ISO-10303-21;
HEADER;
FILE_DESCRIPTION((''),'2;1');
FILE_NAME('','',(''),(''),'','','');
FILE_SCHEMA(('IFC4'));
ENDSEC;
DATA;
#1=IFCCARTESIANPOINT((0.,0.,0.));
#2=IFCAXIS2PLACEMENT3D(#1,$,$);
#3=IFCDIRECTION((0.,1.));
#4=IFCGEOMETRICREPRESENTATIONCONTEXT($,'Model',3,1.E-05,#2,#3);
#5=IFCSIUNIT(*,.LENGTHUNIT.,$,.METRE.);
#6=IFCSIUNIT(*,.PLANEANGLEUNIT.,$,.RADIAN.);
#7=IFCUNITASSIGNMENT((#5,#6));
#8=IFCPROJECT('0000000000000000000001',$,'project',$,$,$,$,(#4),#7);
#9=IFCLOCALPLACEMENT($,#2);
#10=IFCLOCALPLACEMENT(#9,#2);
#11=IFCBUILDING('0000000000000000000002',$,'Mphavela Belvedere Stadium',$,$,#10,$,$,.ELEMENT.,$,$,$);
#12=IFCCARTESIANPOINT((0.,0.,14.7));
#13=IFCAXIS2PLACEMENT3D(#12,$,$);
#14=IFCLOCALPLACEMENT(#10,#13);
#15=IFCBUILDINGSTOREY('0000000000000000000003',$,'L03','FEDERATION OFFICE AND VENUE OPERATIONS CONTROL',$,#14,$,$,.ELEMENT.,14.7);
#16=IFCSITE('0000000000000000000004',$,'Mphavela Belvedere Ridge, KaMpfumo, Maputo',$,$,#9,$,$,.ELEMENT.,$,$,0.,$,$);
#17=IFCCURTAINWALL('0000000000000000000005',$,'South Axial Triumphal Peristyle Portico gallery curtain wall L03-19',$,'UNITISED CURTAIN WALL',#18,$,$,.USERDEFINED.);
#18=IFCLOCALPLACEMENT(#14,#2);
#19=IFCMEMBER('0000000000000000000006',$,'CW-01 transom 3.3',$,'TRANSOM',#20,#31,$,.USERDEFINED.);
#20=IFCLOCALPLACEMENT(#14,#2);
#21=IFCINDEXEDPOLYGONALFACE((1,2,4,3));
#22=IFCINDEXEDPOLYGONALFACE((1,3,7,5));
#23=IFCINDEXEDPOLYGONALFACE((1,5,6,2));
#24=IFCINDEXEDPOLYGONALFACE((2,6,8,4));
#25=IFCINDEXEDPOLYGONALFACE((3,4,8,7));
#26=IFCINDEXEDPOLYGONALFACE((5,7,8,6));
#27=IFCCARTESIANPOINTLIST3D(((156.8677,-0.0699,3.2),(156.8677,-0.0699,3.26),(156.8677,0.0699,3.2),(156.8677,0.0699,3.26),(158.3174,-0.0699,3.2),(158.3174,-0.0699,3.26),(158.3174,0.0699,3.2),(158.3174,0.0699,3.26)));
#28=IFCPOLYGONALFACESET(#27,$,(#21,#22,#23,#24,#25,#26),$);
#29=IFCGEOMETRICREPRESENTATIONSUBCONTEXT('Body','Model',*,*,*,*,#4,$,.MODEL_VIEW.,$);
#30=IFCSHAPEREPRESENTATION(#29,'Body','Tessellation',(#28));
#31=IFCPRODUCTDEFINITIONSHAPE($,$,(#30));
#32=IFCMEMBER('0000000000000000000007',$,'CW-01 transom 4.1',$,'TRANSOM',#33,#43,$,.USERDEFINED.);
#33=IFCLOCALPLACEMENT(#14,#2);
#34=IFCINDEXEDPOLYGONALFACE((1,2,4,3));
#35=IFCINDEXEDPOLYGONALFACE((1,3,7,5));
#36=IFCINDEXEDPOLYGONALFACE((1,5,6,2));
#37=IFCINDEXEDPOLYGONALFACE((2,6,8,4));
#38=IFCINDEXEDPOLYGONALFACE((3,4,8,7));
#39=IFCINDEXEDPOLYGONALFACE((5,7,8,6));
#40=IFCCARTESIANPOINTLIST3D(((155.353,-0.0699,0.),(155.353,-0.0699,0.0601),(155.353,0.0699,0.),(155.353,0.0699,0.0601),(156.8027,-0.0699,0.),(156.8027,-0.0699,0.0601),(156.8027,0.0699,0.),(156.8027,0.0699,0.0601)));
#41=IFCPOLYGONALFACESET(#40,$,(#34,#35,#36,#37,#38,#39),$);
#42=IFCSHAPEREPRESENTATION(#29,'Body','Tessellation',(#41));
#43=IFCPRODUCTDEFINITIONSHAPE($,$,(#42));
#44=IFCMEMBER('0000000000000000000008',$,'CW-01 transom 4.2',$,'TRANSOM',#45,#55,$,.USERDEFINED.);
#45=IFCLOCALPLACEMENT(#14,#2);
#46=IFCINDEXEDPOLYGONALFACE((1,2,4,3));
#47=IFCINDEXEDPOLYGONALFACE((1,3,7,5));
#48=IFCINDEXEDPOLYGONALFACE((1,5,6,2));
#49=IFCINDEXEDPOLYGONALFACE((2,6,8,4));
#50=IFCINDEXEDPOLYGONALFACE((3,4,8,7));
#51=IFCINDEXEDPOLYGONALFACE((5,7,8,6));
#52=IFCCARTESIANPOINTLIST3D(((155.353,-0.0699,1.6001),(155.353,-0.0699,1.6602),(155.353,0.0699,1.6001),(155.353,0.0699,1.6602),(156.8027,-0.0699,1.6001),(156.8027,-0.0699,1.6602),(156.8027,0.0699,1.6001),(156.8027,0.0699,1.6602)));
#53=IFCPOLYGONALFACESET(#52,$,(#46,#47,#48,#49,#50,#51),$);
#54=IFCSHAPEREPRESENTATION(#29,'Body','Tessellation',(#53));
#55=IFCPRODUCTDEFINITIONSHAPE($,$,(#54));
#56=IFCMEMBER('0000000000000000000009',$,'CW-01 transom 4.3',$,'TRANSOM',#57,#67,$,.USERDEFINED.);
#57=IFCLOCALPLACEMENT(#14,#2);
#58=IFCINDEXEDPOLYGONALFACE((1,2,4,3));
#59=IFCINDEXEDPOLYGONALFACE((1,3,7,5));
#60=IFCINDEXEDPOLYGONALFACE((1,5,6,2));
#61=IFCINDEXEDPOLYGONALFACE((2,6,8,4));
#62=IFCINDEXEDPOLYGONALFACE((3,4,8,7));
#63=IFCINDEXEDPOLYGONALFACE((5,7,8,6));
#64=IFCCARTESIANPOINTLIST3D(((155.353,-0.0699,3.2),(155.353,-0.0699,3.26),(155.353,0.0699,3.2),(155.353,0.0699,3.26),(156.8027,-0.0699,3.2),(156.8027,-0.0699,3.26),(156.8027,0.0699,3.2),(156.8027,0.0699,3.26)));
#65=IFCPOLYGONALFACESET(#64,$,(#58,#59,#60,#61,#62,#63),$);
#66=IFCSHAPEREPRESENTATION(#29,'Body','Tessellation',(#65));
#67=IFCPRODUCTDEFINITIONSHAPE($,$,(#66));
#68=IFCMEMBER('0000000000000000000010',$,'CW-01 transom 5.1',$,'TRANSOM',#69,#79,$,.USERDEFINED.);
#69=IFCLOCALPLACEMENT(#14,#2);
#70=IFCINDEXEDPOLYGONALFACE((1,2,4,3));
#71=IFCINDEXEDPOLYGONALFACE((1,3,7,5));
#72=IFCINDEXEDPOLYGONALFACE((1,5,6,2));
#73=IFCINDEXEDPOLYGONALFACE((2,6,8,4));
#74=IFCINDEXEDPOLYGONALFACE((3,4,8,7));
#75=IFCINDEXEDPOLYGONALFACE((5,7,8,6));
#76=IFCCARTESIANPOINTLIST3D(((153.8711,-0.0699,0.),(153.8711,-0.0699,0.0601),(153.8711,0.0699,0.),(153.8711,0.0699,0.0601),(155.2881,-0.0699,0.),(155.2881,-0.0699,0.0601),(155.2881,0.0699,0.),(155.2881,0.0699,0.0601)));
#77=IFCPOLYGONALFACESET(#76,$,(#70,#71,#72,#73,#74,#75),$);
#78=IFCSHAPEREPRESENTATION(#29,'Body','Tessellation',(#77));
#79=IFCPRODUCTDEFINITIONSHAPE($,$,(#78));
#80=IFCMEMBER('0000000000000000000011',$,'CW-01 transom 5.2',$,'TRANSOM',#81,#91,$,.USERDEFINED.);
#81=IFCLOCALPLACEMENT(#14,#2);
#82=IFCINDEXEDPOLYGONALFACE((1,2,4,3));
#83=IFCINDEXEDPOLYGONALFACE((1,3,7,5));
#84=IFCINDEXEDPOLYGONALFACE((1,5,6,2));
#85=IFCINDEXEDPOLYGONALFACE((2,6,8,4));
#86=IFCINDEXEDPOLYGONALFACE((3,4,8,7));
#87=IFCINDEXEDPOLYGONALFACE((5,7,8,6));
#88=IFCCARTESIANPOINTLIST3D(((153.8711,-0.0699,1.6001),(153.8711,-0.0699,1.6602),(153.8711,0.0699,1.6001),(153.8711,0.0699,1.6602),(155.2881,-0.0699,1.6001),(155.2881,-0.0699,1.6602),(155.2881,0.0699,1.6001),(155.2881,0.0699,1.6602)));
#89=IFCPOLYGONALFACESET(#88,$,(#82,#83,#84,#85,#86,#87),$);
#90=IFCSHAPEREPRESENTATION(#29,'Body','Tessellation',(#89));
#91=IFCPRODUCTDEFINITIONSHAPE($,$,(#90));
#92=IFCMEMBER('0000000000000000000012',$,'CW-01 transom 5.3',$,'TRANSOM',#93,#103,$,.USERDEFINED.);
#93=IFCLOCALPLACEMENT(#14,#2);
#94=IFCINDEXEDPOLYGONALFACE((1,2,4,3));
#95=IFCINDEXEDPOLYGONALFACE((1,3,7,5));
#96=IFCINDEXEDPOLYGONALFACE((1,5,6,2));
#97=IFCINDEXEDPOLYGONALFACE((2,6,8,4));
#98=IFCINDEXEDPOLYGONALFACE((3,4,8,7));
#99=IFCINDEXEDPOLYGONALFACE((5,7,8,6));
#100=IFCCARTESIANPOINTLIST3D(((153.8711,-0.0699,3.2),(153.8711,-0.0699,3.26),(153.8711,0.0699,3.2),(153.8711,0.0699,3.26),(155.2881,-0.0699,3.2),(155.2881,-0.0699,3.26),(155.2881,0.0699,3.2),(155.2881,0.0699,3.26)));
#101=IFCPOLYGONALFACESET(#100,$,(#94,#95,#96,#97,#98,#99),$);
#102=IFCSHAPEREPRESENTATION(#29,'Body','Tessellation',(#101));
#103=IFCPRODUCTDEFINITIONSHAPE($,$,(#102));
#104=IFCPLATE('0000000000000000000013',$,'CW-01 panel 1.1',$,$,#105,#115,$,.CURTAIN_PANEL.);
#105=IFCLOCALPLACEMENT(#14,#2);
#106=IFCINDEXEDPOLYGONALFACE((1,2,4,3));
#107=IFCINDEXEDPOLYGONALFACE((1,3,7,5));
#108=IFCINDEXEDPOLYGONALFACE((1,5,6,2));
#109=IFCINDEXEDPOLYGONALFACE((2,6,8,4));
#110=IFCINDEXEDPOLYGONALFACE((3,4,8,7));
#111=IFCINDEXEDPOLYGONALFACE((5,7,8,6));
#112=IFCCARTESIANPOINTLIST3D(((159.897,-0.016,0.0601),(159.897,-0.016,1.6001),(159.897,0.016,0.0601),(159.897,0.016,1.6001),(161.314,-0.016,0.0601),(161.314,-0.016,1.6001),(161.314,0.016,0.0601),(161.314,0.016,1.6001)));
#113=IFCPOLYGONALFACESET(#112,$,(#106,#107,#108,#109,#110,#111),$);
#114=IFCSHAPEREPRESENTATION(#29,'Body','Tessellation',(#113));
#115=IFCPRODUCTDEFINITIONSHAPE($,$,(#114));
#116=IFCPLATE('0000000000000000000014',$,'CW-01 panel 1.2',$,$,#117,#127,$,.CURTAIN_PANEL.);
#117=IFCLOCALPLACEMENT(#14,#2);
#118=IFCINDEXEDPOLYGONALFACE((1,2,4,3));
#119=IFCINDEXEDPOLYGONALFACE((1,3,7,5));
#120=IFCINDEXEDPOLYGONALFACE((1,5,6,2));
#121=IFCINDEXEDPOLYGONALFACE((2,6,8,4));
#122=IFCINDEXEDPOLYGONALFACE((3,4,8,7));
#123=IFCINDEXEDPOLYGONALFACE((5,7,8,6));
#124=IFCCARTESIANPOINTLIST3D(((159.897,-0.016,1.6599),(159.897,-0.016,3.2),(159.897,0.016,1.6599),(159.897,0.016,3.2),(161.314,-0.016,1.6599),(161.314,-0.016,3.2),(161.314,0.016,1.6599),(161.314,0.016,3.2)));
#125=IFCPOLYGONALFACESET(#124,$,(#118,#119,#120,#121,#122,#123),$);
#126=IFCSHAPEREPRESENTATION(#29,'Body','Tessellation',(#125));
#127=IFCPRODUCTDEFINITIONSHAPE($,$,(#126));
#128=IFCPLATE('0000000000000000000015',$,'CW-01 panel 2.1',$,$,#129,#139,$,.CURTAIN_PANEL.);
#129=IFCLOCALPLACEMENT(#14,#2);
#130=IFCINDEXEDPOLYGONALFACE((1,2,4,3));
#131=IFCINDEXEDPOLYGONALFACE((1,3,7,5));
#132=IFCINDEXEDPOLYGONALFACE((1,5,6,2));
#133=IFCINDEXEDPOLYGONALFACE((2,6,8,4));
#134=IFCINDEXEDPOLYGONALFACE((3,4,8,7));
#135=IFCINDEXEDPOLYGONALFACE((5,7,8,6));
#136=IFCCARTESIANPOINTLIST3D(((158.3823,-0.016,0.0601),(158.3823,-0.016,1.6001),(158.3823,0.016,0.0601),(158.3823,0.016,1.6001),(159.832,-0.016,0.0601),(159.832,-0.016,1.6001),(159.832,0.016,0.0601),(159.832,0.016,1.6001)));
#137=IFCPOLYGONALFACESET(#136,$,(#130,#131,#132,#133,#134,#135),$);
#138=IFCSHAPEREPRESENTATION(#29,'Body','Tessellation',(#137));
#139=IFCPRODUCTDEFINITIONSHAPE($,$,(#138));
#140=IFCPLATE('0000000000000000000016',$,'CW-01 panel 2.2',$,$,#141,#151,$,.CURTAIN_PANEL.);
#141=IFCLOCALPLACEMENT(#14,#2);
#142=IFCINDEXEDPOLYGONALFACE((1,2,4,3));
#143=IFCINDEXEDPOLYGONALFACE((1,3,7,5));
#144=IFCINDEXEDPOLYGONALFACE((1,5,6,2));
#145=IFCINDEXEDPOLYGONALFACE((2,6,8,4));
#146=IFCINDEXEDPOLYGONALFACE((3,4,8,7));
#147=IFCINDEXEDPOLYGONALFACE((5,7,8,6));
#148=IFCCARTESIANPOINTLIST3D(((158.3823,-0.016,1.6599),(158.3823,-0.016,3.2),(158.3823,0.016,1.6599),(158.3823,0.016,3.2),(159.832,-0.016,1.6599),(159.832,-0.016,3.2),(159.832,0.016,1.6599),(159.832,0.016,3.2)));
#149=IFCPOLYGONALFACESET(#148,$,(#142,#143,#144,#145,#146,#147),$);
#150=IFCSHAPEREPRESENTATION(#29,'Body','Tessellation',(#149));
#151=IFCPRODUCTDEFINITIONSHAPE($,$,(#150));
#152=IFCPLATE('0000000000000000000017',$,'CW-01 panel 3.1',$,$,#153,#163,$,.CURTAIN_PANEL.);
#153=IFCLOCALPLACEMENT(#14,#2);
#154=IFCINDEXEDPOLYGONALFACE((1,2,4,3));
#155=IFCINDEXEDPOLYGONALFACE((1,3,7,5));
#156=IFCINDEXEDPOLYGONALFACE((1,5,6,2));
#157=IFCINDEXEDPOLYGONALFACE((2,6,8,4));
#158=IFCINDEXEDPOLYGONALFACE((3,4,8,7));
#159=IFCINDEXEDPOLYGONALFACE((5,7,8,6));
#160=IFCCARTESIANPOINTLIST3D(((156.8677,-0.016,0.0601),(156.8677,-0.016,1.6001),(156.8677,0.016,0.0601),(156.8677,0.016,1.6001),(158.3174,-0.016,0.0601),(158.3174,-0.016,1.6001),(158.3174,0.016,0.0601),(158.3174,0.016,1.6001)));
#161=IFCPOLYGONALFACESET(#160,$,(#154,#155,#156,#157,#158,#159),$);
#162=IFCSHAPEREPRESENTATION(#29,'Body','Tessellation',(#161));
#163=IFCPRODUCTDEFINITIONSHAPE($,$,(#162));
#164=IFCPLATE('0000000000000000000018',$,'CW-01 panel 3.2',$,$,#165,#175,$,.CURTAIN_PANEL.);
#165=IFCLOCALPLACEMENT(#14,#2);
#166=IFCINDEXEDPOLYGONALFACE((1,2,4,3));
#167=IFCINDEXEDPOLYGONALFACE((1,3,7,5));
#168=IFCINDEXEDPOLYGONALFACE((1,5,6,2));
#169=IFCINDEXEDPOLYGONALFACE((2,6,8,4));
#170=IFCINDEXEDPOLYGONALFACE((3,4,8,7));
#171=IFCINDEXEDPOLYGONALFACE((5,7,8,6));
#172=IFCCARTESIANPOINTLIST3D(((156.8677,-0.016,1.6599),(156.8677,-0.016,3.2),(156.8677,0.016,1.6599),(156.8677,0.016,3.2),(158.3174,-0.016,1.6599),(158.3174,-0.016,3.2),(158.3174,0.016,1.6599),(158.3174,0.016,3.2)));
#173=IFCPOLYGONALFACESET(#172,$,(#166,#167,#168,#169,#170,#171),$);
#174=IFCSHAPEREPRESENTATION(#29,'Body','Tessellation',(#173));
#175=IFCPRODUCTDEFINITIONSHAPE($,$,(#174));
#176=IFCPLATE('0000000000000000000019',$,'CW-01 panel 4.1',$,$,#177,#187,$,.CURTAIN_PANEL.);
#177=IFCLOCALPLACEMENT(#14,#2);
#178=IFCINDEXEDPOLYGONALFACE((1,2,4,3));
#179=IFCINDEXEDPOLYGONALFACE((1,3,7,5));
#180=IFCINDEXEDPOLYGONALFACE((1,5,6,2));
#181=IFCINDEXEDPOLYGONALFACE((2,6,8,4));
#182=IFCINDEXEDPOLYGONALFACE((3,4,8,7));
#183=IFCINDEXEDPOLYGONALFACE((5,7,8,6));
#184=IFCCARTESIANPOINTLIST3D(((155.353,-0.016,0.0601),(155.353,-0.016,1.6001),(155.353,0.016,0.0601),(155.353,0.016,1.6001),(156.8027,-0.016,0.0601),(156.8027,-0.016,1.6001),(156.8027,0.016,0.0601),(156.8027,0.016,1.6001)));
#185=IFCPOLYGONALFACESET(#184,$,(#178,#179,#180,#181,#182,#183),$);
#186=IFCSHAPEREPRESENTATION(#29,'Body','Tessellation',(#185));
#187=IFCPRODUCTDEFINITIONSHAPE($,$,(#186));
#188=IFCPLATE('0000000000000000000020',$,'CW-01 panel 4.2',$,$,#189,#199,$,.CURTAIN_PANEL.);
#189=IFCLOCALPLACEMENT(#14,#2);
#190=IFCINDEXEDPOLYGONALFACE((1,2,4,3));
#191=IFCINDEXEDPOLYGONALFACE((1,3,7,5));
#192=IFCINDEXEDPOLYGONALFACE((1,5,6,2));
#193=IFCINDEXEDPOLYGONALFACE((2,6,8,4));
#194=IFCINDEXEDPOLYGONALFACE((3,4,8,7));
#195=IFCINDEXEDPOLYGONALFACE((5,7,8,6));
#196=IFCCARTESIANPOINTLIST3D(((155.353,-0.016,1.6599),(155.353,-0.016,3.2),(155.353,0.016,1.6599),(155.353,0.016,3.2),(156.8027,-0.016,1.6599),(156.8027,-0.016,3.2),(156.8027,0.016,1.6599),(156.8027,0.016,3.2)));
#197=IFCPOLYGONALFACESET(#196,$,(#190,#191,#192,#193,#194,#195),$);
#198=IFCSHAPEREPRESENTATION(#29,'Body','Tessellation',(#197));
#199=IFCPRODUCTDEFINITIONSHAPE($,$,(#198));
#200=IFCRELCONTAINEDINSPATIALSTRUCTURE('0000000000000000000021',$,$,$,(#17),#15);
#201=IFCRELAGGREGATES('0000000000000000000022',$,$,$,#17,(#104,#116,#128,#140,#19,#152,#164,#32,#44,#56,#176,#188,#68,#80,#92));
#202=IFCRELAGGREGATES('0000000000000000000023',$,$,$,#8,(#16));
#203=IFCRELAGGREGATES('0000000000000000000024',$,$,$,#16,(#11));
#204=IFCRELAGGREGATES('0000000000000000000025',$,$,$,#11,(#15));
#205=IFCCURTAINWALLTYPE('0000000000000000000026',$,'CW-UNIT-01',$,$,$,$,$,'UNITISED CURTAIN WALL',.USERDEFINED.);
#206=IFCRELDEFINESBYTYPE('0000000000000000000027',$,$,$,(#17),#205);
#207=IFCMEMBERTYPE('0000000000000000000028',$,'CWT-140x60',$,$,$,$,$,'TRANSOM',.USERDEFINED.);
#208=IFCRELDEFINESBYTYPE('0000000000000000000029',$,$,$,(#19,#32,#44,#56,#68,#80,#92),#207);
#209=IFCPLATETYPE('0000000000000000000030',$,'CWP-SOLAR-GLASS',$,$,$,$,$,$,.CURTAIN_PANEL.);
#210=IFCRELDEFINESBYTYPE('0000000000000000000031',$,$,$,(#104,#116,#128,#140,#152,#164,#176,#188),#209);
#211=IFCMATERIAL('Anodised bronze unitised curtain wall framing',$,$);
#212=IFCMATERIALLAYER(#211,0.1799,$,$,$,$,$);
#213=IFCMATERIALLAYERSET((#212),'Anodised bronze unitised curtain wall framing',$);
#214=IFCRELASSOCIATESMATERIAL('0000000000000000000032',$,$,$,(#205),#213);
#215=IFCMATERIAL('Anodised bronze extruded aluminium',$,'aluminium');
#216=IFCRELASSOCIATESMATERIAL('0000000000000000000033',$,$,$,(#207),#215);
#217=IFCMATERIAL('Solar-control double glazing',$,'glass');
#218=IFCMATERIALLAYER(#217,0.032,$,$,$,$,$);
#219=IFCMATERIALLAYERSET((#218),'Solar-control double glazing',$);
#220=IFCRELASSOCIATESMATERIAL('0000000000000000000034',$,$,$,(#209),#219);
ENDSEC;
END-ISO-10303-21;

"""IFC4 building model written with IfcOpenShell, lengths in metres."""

from ifc_helpers import new_model, si_unit, direction, frame, origin, origin_2d, place, context, subcontext, project, spatial, rectangle, extrude, material, layer, layer_set, material_profile, profile_set, type_object, element, aggregate, save


model = new_model("IFC4")

# Units and contexts
model_context = context("Model", 3, precision=1e-05, world=origin(), true_north=direction((0.0, 1.0)))
body_context = subcontext(model_context, "Body", "Model", "MODEL_VIEW")
ifc_project = project(units=[si_unit("LENGTHUNIT", "METRE"), si_unit("PLANEANGLEUNIT", "RADIAN")], contexts=[model_context])

# Site, building, storey
site_placement = place(None, origin())
site = spatial("IfcSite", under=ifc_project, at=site_placement, Name="Mphavela Belvedere Ridge, KaMpfumo, Maputo", CompositionType="ELEMENT", RefElevation=0.0)
building_placement = place(site_placement, origin())
building = spatial("IfcBuilding", under=site, at=building_placement, Name="Mphavela Belvedere Stadium", CompositionType="ELEMENT")
storey_placement = place(building_placement, frame((0.0, 0.0, 14.7)))
storey = spatial("IfcBuildingStorey", under=building, at=storey_placement, Name="L03", Description="FEDERATION OFFICE AND VENUE OPERATIONS CONTROL", CompositionType="ELEMENT", Elevation=14.7)

# Curtain wall, members, plates
ifc_material_1 = material(Name="Anodised bronze unitised curtain wall framing")
ifc_layer_1 = layer(ifc_material_1, 0.1799)
ifc_layer_set_1 = layer_set([ifc_layer_1], Name="Anodised bronze unitised curtain wall framing")
curtain_wall_type = type_object("IfcCurtainWallType", Name="CW-UNIT-01", ElementType="UNITISED CURTAIN WALL", PredefinedType="USERDEFINED", material=ifc_layer_set_1)
curtain_wall_placement = place(storey_placement, origin())
curtain_wall = element("IfcCurtainWall", 1, at=curtain_wall_placement, inside=storey, type_object=curtain_wall_type, Name="South Axial Triumphal Peristyle Portico gallery curtain wall L03-19", ObjectType="UNITISED CURTAIN WALL", PredefinedType="USERDEFINED")
ifc_material_2 = material(Name="Anodised bronze extruded aluminium", Category="aluminium")
ifc_material_profile_1 = material_profile(ifc_material_2, rectangle(XDim=0.1399, YDim=0.0601, at=origin_2d()), Name="CW-TRN 140x60")
ifc_profile_set_1 = profile_set([ifc_material_profile_1], Name="Anodised bronze extruded aluminium")
member_type_1 = type_object("IfcMemberType", Name="CWT-140x60", ElementType="TRANSOM", PredefinedType="USERDEFINED", material=ifc_profile_set_1)
member_1_placement = place(storey_placement, frame((158.3174, 0.0, 3.23), z_axis=(-1.0, 0.0, 0.0), x_axis=(0.0, -1.0, 0.0)))
member_1 = element("IfcMember", 2, at=member_1_placement, type_object=member_type_1, Name="CW-01 transom 3.3", ObjectType="TRANSOM", PredefinedType="USERDEFINED", context=body_context, shape_type="SweptSolid", body=[
    extrude(rectangle(XDim=0.1399, YDim=0.0601, at=origin_2d()), origin(), (0.0, 0.0, 1.0), 1.4497),
])
member_2_placement = place(storey_placement, frame((156.8027, 0.0, 0.03), z_axis=(-1.0, 0.0, 0.0), x_axis=(0.0, -1.0, 0.0)))
member_2 = element("IfcMember", 3, at=member_2_placement, type_object=member_type_1, Name="CW-01 transom 4.1", ObjectType="TRANSOM", PredefinedType="USERDEFINED", context=body_context, shape_type="SweptSolid", body=[
    extrude(rectangle(XDim=0.1399, YDim=0.0601, at=origin_2d()), origin(), (0.0, 0.0, 1.0), 1.4497),
])
member_3_placement = place(storey_placement, frame((156.8027, 0.0, 1.6301), z_axis=(-1.0, 0.0, 0.0), x_axis=(0.0, -1.0, 0.0)))
member_3 = element("IfcMember", 4, at=member_3_placement, type_object=member_type_1, Name="CW-01 transom 4.2", ObjectType="TRANSOM", PredefinedType="USERDEFINED", context=body_context, shape_type="SweptSolid", body=[
    extrude(rectangle(XDim=0.1399, YDim=0.0601, at=origin_2d()), origin(), (0.0, 0.0, 1.0), 1.4497),
])
member_4_placement = place(storey_placement, frame((156.8027, 0.0, 3.23), z_axis=(-1.0, 0.0, 0.0), x_axis=(0.0, -1.0, 0.0)))
member_4 = element("IfcMember", 5, at=member_4_placement, type_object=member_type_1, Name="CW-01 transom 4.3", ObjectType="TRANSOM", PredefinedType="USERDEFINED", context=body_context, shape_type="SweptSolid", body=[
    extrude(rectangle(XDim=0.1399, YDim=0.0601, at=origin_2d()), origin(), (0.0, 0.0, 1.0), 1.4497),
])
member_5_placement = place(storey_placement, frame((155.2881, 0.0, 0.03), z_axis=(-1.0, 0.0, 0.0), x_axis=(0.0, -1.0, 0.0)))
member_5 = element("IfcMember", 6, at=member_5_placement, type_object=member_type_1, Name="CW-01 transom 5.1", ObjectType="TRANSOM", PredefinedType="USERDEFINED", context=body_context, shape_type="SweptSolid", body=[
    extrude(rectangle(XDim=0.1399, YDim=0.0601, at=origin_2d()), origin(), (0.0, 0.0, 1.0), 1.417),
])
member_6_placement = place(storey_placement, frame((155.2881, 0.0, 1.6301), z_axis=(-1.0, 0.0, 0.0), x_axis=(0.0, -1.0, 0.0)))
member_6 = element("IfcMember", 7, at=member_6_placement, type_object=member_type_1, Name="CW-01 transom 5.2", ObjectType="TRANSOM", PredefinedType="USERDEFINED", context=body_context, shape_type="SweptSolid", body=[
    extrude(rectangle(XDim=0.1399, YDim=0.0601, at=origin_2d()), origin(), (0.0, 0.0, 1.0), 1.417),
])
member_7_placement = place(storey_placement, frame((155.2881, 0.0, 3.23), z_axis=(-1.0, 0.0, 0.0), x_axis=(0.0, -1.0, 0.0)))
member_7 = element("IfcMember", 8, at=member_7_placement, type_object=member_type_1, Name="CW-01 transom 5.3", ObjectType="TRANSOM", PredefinedType="USERDEFINED", context=body_context, shape_type="SweptSolid", body=[
    extrude(rectangle(XDim=0.1399, YDim=0.0601, at=origin_2d()), origin(), (0.0, 0.0, 1.0), 1.417),
])
ifc_material_3 = material(Name="Solar-control double glazing", Category="glass")
ifc_layer_2 = layer(ifc_material_3, 0.032)
ifc_layer_set_2 = layer_set([ifc_layer_2], Name="Solar-control double glazing")
plate_type = type_object("IfcPlateType", Name="CWP-SOLAR-GLASS", PredefinedType="CURTAIN_PANEL", material=ifc_layer_set_2)
plate_1_placement = place(storey_placement, frame((160.6055, 0.0, 0.0601), z_axis=(0.0, 0.0, 1.0), x_axis=(-1.0, 0.0, 0.0)))
plate_1 = element("IfcPlate", 9, at=plate_1_placement, type_object=plate_type, Name="CW-01 panel 1.1", PredefinedType="CURTAIN_PANEL", context=body_context, shape_type="SweptSolid", body=[
    extrude(rectangle(XDim=1.417, YDim=0.032, at=origin_2d()), origin(), (0.0, 0.0, 1.0), 1.54),
])
plate_2_placement = place(storey_placement, frame((160.6055, 0.0, 1.6599), z_axis=(0.0, 0.0, 1.0), x_axis=(-1.0, 0.0, 0.0)))
plate_2 = element("IfcPlate", 10, at=plate_2_placement, type_object=plate_type, Name="CW-01 panel 1.2", PredefinedType="CURTAIN_PANEL", context=body_context, shape_type="SweptSolid", body=[
    extrude(rectangle(XDim=1.417, YDim=0.032, at=origin_2d()), origin(), (0.0, 0.0, 1.0), 1.54),
])
plate_3_placement = place(storey_placement, frame((159.1072, 0.0, 0.0601), z_axis=(0.0, 0.0, 1.0), x_axis=(-1.0, 0.0, 0.0)))
plate_3 = element("IfcPlate", 11, at=plate_3_placement, type_object=plate_type, Name="CW-01 panel 2.1", PredefinedType="CURTAIN_PANEL", context=body_context, shape_type="SweptSolid", body=[
    extrude(rectangle(XDim=1.4497, YDim=0.032, at=origin_2d()), origin(), (0.0, 0.0, 1.0), 1.54),
])
plate_4_placement = place(storey_placement, frame((159.1072, 0.0, 1.6599), z_axis=(0.0, 0.0, 1.0), x_axis=(-1.0, 0.0, 0.0)))
plate_4 = element("IfcPlate", 12, at=plate_4_placement, type_object=plate_type, Name="CW-01 panel 2.2", PredefinedType="CURTAIN_PANEL", context=body_context, shape_type="SweptSolid", body=[
    extrude(rectangle(XDim=1.4497, YDim=0.032, at=origin_2d()), origin(), (0.0, 0.0, 1.0), 1.54),
])
plate_5_placement = place(storey_placement, frame((157.5925, 0.0, 0.0601), z_axis=(0.0, 0.0, 1.0), x_axis=(-1.0, 0.0, 0.0)))
plate_5 = element("IfcPlate", 13, at=plate_5_placement, type_object=plate_type, Name="CW-01 panel 3.1", PredefinedType="CURTAIN_PANEL", context=body_context, shape_type="SweptSolid", body=[
    extrude(rectangle(XDim=1.4497, YDim=0.032, at=origin_2d()), origin(), (0.0, 0.0, 1.0), 1.54),
])
plate_6_placement = place(storey_placement, frame((157.5925, 0.0, 1.6599), z_axis=(0.0, 0.0, 1.0), x_axis=(-1.0, 0.0, 0.0)))
plate_6 = element("IfcPlate", 14, at=plate_6_placement, type_object=plate_type, Name="CW-01 panel 3.2", PredefinedType="CURTAIN_PANEL", context=body_context, shape_type="SweptSolid", body=[
    extrude(rectangle(XDim=1.4497, YDim=0.032, at=origin_2d()), origin(), (0.0, 0.0, 1.0), 1.54),
])
plate_7_placement = place(storey_placement, frame((156.0779, 0.0, 0.0601), z_axis=(0.0, 0.0, 1.0), x_axis=(-1.0, 0.0, 0.0)))
plate_7 = element("IfcPlate", 15, at=plate_7_placement, type_object=plate_type, Name="CW-01 panel 4.1", PredefinedType="CURTAIN_PANEL", context=body_context, shape_type="SweptSolid", body=[
    extrude(rectangle(XDim=1.4497, YDim=0.032, at=origin_2d()), origin(), (0.0, 0.0, 1.0), 1.54),
])
plate_8_placement = place(storey_placement, frame((156.0779, 0.0, 1.6599), z_axis=(0.0, 0.0, 1.0), x_axis=(-1.0, 0.0, 0.0)))
plate_8 = element("IfcPlate", 16, at=plate_8_placement, type_object=plate_type, Name="CW-01 panel 4.2", PredefinedType="CURTAIN_PANEL", context=body_context, shape_type="SweptSolid", body=[
    extrude(rectangle(XDim=1.4497, YDim=0.032, at=origin_2d()), origin(), (0.0, 0.0, 1.0), 1.54),
])
aggregate(curtain_wall, [plate_1, plate_2, plate_3, plate_4, member_1, plate_5, plate_6, member_2, member_3, member_4, plate_7, plate_8, member_5, member_6, member_7])

save(model, "model.ifc")
